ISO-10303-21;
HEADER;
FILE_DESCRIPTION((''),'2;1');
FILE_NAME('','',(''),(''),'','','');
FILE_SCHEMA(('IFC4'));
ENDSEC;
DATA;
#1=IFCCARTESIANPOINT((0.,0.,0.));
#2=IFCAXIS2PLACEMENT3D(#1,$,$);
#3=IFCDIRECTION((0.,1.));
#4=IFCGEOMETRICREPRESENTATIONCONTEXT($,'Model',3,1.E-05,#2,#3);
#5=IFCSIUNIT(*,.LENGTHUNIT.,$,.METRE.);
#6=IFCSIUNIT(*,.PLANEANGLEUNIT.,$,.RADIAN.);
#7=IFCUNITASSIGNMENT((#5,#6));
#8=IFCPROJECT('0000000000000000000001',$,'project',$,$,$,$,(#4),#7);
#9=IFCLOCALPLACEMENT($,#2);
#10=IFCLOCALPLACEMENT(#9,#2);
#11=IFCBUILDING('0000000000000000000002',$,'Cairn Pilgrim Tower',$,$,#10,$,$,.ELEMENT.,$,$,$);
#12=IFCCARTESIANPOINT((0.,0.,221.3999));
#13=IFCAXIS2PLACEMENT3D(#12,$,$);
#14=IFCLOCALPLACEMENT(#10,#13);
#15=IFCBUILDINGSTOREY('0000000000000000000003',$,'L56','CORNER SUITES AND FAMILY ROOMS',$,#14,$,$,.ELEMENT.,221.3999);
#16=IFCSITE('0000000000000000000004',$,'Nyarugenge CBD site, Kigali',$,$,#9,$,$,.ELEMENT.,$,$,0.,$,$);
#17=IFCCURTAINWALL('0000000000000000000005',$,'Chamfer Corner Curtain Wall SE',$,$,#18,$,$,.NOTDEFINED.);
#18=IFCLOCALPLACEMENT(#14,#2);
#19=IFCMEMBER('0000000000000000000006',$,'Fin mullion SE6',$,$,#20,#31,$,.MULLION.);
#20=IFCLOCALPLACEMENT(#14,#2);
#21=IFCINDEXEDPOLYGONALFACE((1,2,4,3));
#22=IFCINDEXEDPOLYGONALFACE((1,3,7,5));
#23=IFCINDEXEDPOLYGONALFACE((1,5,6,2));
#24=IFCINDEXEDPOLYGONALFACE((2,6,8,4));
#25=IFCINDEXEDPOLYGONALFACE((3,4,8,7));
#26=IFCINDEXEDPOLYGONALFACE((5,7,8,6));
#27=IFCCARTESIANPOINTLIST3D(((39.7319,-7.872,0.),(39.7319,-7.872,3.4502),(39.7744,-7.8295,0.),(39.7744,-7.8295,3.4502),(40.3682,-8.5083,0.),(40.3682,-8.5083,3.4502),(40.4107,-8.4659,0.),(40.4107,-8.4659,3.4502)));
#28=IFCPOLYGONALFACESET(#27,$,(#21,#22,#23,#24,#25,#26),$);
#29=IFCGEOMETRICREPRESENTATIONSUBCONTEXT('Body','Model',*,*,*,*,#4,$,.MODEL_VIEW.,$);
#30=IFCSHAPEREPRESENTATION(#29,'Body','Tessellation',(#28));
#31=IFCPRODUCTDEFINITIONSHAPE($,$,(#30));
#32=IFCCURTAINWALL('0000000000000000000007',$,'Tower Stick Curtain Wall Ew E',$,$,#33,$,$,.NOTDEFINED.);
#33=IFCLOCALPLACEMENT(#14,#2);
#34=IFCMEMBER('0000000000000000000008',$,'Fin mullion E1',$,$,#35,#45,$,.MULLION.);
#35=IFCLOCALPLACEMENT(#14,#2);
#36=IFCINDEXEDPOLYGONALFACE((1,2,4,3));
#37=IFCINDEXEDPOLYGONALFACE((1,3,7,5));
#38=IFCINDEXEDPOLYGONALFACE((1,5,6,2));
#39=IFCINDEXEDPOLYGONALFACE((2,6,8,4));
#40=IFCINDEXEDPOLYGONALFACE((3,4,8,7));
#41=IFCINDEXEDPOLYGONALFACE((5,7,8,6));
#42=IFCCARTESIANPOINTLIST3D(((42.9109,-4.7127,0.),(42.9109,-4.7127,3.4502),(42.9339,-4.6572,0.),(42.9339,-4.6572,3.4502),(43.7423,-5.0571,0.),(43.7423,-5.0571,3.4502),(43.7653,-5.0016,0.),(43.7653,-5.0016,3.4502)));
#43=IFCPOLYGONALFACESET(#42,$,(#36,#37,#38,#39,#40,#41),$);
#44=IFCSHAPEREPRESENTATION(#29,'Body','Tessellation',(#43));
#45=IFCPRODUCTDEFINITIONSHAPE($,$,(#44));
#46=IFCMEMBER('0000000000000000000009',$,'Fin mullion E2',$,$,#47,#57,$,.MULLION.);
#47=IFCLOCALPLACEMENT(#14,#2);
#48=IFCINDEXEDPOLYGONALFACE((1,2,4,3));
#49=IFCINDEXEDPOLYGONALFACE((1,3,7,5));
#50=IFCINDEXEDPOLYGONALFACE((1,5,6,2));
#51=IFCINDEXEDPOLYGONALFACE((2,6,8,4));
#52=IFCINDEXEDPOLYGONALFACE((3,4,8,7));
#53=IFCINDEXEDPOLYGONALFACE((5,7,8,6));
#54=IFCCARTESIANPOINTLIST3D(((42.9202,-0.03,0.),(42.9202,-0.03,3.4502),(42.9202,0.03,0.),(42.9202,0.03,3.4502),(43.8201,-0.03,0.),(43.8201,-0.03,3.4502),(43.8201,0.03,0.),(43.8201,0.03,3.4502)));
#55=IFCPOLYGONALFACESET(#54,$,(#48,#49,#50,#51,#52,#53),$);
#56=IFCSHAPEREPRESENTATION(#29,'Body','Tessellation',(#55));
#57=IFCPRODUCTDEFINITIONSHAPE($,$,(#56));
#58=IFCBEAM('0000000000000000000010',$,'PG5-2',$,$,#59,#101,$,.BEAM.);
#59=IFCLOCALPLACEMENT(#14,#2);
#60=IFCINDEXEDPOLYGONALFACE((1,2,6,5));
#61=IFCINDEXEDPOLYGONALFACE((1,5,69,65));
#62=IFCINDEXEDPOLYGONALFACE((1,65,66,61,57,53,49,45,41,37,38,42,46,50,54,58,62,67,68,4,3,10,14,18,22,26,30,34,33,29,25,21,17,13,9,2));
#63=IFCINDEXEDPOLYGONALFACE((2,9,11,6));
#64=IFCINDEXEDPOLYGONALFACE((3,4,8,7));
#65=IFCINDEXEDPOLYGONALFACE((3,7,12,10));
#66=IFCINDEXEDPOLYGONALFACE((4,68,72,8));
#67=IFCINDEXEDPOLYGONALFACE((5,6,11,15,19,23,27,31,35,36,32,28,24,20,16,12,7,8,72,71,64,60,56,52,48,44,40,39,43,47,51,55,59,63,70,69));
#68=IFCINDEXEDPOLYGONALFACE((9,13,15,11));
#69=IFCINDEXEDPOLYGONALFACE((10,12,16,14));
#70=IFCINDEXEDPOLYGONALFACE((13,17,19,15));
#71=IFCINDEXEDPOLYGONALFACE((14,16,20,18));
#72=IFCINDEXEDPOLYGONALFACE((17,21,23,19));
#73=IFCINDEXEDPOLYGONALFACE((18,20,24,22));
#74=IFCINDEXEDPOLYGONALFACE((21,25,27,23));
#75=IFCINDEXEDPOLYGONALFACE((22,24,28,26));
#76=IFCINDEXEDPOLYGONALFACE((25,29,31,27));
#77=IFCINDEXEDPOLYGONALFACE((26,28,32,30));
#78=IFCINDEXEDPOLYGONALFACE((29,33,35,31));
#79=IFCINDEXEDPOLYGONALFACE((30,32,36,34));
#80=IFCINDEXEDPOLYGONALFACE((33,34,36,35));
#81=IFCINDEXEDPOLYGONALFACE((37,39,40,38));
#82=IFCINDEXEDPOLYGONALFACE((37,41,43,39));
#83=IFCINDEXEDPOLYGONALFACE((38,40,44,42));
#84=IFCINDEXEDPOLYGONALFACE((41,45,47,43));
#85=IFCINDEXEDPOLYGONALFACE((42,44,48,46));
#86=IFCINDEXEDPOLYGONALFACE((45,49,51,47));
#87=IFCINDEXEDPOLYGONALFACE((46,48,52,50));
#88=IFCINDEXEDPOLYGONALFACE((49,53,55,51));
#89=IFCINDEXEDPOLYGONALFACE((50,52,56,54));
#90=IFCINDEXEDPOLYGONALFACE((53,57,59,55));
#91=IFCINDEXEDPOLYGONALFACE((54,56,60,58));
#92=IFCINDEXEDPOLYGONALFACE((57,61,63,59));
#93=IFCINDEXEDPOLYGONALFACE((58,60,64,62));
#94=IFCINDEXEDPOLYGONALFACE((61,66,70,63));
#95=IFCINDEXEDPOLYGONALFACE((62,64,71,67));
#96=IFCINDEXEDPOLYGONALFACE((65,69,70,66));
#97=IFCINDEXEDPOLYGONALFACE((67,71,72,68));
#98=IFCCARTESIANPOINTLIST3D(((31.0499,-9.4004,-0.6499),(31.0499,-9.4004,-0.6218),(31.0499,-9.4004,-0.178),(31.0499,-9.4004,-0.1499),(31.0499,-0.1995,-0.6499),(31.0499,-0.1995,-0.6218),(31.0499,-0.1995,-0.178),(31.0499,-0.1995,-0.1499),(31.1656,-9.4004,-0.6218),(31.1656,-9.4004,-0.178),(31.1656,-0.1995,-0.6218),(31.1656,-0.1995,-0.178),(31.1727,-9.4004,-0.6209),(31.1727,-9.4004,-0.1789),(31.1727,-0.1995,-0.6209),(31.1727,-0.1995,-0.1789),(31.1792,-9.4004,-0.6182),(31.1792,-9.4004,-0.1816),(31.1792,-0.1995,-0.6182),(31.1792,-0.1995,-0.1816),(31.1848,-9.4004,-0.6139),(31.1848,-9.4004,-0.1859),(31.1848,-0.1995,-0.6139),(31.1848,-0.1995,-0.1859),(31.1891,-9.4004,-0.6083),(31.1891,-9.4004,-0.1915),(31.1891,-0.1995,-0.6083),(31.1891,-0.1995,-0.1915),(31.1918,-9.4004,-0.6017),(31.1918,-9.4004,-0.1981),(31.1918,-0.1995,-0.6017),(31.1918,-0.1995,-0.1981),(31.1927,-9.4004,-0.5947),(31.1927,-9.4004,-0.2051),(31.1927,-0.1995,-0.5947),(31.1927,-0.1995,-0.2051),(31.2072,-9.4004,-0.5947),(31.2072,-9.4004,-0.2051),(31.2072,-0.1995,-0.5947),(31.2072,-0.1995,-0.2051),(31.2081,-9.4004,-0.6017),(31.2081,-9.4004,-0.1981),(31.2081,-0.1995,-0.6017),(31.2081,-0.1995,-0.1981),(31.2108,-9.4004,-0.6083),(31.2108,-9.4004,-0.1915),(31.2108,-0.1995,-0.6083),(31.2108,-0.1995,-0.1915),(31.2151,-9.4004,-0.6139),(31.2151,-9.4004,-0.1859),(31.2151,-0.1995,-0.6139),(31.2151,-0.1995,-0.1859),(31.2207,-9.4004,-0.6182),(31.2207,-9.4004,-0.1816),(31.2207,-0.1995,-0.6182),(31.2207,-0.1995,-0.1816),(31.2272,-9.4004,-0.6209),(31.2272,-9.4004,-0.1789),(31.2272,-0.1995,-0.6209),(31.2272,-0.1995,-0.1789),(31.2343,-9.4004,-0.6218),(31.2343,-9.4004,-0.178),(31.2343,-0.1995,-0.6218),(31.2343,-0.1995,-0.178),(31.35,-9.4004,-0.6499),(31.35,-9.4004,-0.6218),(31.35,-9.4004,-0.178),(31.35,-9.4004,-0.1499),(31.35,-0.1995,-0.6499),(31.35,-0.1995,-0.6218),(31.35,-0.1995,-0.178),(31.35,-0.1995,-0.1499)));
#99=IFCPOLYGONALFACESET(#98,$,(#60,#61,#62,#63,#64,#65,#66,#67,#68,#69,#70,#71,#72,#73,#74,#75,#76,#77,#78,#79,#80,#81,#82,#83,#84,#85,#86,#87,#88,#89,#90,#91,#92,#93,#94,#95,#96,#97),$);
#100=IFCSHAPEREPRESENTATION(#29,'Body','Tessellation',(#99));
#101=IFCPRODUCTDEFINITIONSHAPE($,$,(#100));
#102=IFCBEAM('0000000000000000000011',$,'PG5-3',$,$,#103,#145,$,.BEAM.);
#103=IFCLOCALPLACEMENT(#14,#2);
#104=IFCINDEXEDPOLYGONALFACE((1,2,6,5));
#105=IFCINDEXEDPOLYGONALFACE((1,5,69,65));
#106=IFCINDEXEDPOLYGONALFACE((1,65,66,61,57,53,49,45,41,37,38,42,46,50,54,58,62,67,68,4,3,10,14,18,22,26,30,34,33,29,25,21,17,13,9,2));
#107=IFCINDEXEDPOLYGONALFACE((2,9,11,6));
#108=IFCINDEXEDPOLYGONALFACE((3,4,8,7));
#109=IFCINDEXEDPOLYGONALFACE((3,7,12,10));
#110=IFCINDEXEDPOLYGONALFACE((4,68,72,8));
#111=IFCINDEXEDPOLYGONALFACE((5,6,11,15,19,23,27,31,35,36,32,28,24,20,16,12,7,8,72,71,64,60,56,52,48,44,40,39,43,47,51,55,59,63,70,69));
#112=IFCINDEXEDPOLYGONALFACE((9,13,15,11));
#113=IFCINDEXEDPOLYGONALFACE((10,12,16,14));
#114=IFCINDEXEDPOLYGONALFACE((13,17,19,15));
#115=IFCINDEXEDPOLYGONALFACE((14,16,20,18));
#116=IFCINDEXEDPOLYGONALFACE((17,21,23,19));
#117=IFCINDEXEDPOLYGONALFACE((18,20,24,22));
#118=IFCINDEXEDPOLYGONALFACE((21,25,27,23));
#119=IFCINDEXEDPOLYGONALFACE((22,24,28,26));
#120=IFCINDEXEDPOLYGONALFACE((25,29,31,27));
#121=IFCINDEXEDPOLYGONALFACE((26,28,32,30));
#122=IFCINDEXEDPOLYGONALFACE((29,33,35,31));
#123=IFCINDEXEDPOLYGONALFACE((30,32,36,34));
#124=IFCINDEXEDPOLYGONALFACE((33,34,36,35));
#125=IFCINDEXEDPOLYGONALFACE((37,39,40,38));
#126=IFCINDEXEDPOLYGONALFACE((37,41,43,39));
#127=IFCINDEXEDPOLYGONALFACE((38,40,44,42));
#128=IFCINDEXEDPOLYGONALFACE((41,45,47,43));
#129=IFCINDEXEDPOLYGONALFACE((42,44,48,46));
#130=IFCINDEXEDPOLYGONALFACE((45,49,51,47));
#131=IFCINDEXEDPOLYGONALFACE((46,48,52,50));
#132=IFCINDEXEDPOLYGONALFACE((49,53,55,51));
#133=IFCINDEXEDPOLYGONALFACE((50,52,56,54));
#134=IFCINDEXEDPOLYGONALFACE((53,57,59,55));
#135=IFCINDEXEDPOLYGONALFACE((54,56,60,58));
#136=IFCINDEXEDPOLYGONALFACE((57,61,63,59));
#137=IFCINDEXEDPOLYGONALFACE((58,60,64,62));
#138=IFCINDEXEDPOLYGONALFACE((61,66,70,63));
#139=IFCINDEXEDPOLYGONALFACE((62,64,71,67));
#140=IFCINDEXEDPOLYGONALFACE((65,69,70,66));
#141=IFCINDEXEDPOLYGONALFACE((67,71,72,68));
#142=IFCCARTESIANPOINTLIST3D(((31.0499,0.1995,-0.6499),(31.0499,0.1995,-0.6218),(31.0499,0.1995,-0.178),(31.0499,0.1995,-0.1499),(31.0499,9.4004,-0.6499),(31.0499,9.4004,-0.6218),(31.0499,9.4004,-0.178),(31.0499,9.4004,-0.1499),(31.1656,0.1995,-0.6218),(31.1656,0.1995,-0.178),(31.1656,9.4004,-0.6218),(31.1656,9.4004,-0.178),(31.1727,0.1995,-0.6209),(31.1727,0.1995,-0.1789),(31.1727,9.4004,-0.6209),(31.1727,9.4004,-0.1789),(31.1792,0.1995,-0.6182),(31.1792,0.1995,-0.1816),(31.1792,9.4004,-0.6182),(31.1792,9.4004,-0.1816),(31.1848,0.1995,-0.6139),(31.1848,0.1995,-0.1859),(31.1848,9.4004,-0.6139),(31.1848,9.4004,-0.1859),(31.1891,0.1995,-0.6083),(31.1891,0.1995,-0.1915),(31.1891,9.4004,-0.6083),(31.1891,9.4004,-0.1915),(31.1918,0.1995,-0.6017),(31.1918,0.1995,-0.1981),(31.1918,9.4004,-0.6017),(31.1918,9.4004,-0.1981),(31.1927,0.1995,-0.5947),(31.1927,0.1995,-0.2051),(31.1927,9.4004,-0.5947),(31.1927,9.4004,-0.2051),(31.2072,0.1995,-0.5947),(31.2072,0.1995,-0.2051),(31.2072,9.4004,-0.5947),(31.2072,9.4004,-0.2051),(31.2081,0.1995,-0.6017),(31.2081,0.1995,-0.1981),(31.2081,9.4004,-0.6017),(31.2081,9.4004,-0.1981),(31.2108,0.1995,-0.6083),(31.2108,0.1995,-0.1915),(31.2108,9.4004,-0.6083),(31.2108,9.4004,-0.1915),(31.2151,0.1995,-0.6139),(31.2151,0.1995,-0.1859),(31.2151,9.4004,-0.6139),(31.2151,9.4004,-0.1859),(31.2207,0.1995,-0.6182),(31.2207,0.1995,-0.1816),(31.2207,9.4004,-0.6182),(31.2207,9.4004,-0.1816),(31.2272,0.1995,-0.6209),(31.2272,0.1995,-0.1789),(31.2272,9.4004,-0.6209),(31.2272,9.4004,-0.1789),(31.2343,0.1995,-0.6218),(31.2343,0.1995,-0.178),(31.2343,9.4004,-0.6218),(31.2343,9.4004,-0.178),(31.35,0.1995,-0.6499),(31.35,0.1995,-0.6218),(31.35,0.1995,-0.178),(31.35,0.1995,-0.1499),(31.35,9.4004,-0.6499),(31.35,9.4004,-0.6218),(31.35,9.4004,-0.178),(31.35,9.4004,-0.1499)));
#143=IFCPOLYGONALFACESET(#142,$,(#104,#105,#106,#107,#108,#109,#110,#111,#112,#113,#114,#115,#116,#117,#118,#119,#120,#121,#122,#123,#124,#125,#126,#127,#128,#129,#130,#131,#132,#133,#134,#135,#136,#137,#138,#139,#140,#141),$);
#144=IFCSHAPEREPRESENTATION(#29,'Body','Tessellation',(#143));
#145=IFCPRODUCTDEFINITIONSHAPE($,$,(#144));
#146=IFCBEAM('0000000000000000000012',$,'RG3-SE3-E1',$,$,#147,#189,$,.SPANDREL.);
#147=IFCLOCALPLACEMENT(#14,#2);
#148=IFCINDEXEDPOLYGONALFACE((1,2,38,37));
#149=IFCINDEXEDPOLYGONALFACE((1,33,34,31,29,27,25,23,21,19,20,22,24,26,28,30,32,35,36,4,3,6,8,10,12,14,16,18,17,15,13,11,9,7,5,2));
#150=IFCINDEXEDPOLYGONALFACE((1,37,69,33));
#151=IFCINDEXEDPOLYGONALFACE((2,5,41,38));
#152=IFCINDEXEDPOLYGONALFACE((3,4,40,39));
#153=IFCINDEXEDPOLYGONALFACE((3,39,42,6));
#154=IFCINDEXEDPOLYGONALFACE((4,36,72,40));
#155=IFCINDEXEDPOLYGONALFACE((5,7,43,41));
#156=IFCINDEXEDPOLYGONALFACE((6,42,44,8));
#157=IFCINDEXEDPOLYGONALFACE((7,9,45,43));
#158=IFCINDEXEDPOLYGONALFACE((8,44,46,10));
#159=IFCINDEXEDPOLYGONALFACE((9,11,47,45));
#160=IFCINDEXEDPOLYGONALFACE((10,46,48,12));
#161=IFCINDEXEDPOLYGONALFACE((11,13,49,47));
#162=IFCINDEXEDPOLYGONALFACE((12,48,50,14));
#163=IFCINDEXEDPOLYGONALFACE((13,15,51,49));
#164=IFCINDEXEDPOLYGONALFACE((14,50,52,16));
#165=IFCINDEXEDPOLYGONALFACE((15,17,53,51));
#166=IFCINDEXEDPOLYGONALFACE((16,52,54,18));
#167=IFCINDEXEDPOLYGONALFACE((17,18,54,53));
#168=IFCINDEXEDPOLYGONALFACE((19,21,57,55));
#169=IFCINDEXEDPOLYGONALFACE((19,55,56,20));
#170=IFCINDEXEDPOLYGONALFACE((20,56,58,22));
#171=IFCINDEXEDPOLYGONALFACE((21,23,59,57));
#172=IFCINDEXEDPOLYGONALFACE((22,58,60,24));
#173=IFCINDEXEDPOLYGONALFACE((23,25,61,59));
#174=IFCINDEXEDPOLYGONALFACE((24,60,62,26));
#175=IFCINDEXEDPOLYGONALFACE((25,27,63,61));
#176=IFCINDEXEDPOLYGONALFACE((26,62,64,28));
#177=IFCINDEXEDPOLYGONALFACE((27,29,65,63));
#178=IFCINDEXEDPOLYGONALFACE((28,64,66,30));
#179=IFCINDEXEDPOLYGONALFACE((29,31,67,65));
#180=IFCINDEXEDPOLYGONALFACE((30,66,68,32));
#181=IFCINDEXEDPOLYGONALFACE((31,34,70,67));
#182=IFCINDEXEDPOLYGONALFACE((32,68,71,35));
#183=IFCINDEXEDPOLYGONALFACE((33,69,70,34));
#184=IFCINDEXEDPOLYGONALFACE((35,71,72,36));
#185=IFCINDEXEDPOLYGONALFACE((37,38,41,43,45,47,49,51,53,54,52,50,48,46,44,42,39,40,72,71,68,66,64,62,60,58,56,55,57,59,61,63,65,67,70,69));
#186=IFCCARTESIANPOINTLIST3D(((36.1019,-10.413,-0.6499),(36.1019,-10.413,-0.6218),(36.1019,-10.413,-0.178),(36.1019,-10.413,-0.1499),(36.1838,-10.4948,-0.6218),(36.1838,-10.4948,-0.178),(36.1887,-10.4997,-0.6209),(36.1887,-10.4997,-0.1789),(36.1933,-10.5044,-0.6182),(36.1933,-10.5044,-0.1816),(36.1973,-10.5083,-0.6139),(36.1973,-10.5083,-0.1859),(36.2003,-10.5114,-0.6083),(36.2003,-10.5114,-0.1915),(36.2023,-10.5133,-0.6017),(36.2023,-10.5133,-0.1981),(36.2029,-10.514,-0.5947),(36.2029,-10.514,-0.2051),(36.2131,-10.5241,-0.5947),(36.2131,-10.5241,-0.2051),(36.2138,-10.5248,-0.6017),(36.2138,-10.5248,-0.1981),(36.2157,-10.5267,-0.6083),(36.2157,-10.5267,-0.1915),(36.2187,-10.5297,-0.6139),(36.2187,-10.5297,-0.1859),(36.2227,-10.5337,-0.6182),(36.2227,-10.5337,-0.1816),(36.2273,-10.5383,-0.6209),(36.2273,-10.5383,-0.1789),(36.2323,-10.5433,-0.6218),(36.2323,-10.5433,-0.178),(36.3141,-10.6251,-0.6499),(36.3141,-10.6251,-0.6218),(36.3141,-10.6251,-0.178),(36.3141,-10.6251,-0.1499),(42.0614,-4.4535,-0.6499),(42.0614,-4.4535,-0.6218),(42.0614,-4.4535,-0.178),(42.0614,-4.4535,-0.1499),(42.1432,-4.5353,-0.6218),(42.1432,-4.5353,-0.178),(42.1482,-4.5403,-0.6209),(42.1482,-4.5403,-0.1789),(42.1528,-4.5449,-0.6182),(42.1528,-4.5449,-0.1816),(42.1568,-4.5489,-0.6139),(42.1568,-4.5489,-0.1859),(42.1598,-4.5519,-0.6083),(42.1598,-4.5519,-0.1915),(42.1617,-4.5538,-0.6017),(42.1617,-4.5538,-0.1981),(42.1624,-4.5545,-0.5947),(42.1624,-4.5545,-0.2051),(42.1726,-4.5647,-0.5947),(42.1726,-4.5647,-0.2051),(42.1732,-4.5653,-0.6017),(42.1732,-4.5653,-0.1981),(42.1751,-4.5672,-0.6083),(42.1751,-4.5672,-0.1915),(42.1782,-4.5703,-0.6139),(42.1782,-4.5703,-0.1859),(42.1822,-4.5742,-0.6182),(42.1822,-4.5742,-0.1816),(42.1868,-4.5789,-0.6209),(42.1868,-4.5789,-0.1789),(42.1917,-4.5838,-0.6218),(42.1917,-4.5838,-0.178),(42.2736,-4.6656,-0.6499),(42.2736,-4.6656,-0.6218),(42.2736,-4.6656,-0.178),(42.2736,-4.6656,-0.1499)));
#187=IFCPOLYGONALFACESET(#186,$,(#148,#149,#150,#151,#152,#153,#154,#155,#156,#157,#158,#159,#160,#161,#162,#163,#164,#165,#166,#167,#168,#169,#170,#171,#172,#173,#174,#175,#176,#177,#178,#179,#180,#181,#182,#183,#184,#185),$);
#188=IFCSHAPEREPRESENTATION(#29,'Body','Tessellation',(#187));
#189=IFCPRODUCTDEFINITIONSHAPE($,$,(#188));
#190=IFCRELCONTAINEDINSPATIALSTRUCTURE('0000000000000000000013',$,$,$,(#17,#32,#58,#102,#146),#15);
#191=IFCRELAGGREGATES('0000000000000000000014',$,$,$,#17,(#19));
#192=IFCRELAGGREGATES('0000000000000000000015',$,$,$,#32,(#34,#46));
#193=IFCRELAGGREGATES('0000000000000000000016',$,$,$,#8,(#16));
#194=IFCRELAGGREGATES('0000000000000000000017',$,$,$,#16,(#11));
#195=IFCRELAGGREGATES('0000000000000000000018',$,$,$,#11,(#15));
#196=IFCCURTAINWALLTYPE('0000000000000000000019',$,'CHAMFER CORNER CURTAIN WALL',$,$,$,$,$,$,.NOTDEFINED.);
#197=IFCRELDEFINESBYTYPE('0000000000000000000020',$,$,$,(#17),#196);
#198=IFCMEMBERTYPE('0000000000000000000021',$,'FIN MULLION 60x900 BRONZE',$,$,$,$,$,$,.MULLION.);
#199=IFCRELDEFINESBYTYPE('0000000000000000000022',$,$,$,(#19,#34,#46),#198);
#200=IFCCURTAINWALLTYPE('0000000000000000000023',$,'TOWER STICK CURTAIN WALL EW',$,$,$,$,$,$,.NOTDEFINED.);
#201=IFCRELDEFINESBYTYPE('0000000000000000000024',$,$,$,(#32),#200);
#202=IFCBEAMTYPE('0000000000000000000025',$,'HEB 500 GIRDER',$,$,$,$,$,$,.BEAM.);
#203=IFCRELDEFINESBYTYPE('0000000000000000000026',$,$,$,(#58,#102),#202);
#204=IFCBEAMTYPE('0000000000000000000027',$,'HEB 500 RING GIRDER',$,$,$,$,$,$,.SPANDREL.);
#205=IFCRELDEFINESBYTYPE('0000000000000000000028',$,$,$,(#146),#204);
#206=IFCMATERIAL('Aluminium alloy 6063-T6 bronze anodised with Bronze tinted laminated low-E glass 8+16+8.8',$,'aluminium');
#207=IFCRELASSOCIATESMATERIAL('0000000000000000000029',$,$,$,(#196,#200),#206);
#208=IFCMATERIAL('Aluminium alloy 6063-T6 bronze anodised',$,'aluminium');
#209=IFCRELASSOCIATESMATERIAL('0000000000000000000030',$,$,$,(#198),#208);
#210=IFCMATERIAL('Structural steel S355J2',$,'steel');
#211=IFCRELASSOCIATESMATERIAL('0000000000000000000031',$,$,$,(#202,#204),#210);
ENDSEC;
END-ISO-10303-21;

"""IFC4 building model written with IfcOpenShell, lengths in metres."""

from ifc_helpers import new_model, si_unit, direction, frame, origin, origin_2d, place, context, subcontext, project, spatial, rectangle, i_section, extrude, material, material_profile, profile_set, type_object, element, aggregate, save


model = new_model("IFC4")

# Units and contexts
model_context = context("Model", 3, precision=1e-05, world=origin(), true_north=direction((0.0, 1.0)))
body_context = subcontext(model_context, "Body", "Model", "MODEL_VIEW")
ifc_project = project(units=[si_unit("LENGTHUNIT", "METRE"), si_unit("PLANEANGLEUNIT", "RADIAN")], contexts=[model_context])

# Site, building, storey
site_placement = place(None, origin())
site = spatial("IfcSite", under=ifc_project, at=site_placement, Name="Nyarugenge CBD site, Kigali", CompositionType="ELEMENT", RefElevation=0.0)
building_placement = place(site_placement, origin())
building = spatial("IfcBuilding", under=site, at=building_placement, Name="Cairn Pilgrim Tower", CompositionType="ELEMENT")
storey_placement = place(building_placement, frame((0.0, 0.0, 221.3999)))
storey = spatial("IfcBuildingStorey", under=building, at=storey_placement, Name="L56", Description="CORNER SUITES AND FAMILY ROOMS", CompositionType="ELEMENT", Elevation=221.3999)

# Shared definitions
ifc_material_1 = material(Name="Structural steel S355J2", Category="steel")

# Curtain wall, member
ifc_material_2 = material(Name="Aluminium alloy 6063-T6 bronze anodised with Bronze tinted laminated low-E glass 8+16+8.8", Category="aluminium")
curtain_wall_type_1 = type_object("IfcCurtainWallType", Name="CHAMFER CORNER CURTAIN WALL", PredefinedType="NOTDEFINED", material=ifc_material_2)
curtain_wall_1_placement = place(storey_placement, origin())
curtain_wall_1 = element("IfcCurtainWall", 1, at=curtain_wall_1_placement, inside=storey, type_object=curtain_wall_type_1, Name="Chamfer Corner Curtain Wall SE", PredefinedType="NOTDEFINED")
ifc_material_3 = material(Name="Aluminium alloy 6063-T6 bronze anodised", Category="aluminium")
ifc_material_profile_1 = material_profile(ifc_material_3, rectangle(XDim=0.8999, YDim=0.0601, at=origin_2d()), Name="FIN MULLION 60x900 BRONZE")
ifc_profile_set_1 = profile_set([ifc_material_profile_1], Name="Aluminium alloy 6063-T6 bronze anodised")
member_type_1 = type_object("IfcMemberType", Name="FIN MULLION 60x900 BRONZE", PredefinedType="MULLION", material=ifc_profile_set_1)
member_1_placement = place(storey_placement, frame((40.0713, -8.1689, 0.0), z_axis=(0.0, 0.0, 1.0), x_axis=(0.707107, -0.707107, 0.0)))
member_1 = element("IfcMember", 2, at=member_1_placement, type_object=member_type_1, Name="Fin mullion SE6", PredefinedType="MULLION", context=body_context, shape_type="SweptSolid", body=[
    extrude(rectangle(XDim=0.8999, YDim=0.0601, at=origin_2d()), origin(), (0.0, 0.0, 1.0), 3.4502),
])
aggregate(curtain_wall_1, [member_1])

# Curtain wall, members
curtain_wall_type_2 = type_object("IfcCurtainWallType", Name="TOWER STICK CURTAIN WALL EW", PredefinedType="NOTDEFINED", material=ifc_material_2)
curtain_wall_2_placement = place(storey_placement, origin())
curtain_wall_2 = element("IfcCurtainWall", 3, at=curtain_wall_2_placement, inside=storey, type_object=curtain_wall_type_2, Name="Tower Stick Curtain Wall Ew E", PredefinedType="NOTDEFINED")
member_2_placement = place(storey_placement, frame((43.3381, -4.8572, 0.0), z_axis=(0.0, 0.0, 1.0), x_axis=(0.92388, -0.382683, 0.0)))
member_2 = element("IfcMember", 4, at=member_2_placement, type_object=member_type_1, Name="Fin mullion E1", PredefinedType="MULLION", context=body_context, shape_type="SweptSolid", body=[
    extrude(rectangle(XDim=0.8999, YDim=0.0601, at=origin_2d()), origin(), (0.0, 0.0, 1.0), 3.4502),
])
member_3_placement = place(storey_placement, frame((43.3701, 0.0, 0.0), z_axis=(0.0, 0.0, 1.0), x_axis=(1.0, 0.0, 0.0)))
member_3 = element("IfcMember", 5, at=member_3_placement, type_object=member_type_1, Name="Fin mullion E2", PredefinedType="MULLION", context=body_context, shape_type="SweptSolid", body=[
    extrude(rectangle(XDim=0.8999, YDim=0.0601, at=origin_2d()), origin(), (0.0, 0.0, 1.0), 3.4502),
])

# Beams
ifc_material_profile_2 = material_profile(ifc_material_1, i_section(OverallWidth=0.3, OverallDepth=0.5, WebThickness=0.0144, FlangeThickness=0.0281, FilletRadius=0.0271, at=origin_2d()), Name="HEB 500")
ifc_profile_set_2 = profile_set([ifc_material_profile_2], Name="Structural steel S355J2")
beam_type_1 = type_object("IfcBeamType", Name="HEB 500 GIRDER", PredefinedType="BEAM", material=ifc_profile_set_2)
for number, where, z_axis, x_axis, name in (
    (6, (31.2, -9.4004, -0.3999), (0.0, 1.0, 0.0), (-1.0, 0.0, 0.0), "PG5-2"),
    (7, (31.2, 0.1995, -0.3999), (0.0, 1.0, 0.0), (-1.0, 0.0, 0.0), "PG5-3"),
):
    element("IfcBeam", number, at=place(storey_placement, frame(where, z_axis=z_axis, x_axis=x_axis)), inside=storey, type_object=beam_type_1, Name=name, PredefinedType="BEAM", context=body_context, shape_type="SweptSolid", body=[
        extrude(i_section(OverallWidth=0.3, OverallDepth=0.5, WebThickness=0.0144, FlangeThickness=0.0281, FilletRadius=0.0271, at=origin_2d()), origin(), (0.0, 0.0, 1.0), 9.2009),
    ])
ifc_material_profile_3 = material_profile(ifc_material_1, i_section(OverallWidth=0.3, OverallDepth=0.5, WebThickness=0.0144, FlangeThickness=0.0281, FilletRadius=0.0271, at=origin_2d()), Name="HEB 500")
ifc_profile_set_3 = profile_set([ifc_material_profile_3], Name="Structural steel S355J2")
beam_type_2 = type_object("IfcBeamType", Name="HEB 500 RING GIRDER", PredefinedType="SPANDREL", material=ifc_profile_set_3)
beam_1_placement = place(storey_placement, frame((36.208, -10.519, -0.3999), z_axis=(0.707107, 0.707107, 0.0), x_axis=(-0.707107, 0.707107, 0.0)))
element("IfcBeam", 8, at=beam_1_placement, inside=storey, type_object=beam_type_2, Name="RG3-SE3-E1", PredefinedType="SPANDREL", context=body_context, shape_type="SweptSolid", body=[
    extrude(i_section(OverallWidth=0.3, OverallDepth=0.5, WebThickness=0.0144, FlangeThickness=0.0281, FilletRadius=0.0271, at=origin_2d()), origin(), (0.0, 0.0, 1.0), 8.428),
])

aggregate(curtain_wall_2, [member_2, member_3])

save(model, "model.ifc")
